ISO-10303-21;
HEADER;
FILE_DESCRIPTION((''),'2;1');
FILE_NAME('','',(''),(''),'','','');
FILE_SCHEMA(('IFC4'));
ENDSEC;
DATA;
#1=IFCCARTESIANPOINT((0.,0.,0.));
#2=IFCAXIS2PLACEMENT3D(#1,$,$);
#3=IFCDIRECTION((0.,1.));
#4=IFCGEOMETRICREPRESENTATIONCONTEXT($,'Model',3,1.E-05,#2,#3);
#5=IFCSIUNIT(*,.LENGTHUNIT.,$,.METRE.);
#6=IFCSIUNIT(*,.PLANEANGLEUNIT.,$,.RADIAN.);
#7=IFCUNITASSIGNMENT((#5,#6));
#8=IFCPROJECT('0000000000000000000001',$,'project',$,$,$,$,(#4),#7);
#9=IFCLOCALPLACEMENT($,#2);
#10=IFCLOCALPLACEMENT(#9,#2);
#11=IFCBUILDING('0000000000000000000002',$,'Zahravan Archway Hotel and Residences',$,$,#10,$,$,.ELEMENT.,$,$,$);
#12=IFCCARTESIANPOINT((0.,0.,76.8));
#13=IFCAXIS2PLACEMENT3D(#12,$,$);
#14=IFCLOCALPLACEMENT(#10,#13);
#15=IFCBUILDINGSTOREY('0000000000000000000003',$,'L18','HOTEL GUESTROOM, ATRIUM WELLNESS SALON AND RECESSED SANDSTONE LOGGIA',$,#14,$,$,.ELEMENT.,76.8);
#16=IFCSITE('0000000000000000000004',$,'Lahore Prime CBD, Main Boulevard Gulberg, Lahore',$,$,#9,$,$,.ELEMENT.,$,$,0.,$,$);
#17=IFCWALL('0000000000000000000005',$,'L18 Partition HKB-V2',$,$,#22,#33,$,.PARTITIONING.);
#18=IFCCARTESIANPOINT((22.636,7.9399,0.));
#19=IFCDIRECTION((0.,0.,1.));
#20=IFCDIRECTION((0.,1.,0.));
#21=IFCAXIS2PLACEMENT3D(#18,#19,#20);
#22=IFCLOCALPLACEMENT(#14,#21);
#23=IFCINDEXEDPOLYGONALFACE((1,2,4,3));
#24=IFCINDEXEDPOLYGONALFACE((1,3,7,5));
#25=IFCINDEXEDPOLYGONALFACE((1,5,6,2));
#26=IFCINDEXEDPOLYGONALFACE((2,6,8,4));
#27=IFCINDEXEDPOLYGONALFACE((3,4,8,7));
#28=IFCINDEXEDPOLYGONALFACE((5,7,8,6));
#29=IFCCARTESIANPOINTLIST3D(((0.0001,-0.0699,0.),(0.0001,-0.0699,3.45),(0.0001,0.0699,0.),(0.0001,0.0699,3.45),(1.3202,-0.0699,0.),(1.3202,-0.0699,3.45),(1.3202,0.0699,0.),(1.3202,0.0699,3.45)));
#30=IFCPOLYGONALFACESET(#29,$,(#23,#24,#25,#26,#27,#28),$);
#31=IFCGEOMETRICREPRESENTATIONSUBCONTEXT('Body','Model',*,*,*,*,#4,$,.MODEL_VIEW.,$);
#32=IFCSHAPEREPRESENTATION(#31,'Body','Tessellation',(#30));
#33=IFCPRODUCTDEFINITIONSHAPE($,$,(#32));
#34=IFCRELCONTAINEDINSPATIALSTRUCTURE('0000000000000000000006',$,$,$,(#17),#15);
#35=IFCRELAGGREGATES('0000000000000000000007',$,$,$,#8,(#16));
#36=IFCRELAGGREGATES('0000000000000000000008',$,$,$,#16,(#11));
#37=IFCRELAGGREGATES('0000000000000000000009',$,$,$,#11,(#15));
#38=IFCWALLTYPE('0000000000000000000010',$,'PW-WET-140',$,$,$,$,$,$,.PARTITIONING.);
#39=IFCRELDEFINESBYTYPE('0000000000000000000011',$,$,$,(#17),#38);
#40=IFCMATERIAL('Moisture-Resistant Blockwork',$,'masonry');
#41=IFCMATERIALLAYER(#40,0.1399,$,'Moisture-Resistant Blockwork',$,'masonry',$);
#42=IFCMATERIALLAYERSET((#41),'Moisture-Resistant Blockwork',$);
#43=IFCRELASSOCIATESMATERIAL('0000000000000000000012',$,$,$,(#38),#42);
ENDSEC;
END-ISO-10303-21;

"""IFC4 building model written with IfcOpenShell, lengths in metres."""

from ifc_helpers import new_model, si_unit, direction, frame, frame_2d, origin, place, context, subcontext, project, spatial, rectangle, extrude, material, layer, layer_set, type_object, element, save


model = new_model("IFC4")

# Units and contexts
model_context = context("Model", 3, precision=1e-05, world=origin(), true_north=direction((0.0, 1.0)))
body_context = subcontext(model_context, "Body", "Model", "MODEL_VIEW")
ifc_project = project(units=[si_unit("LENGTHUNIT", "METRE"), si_unit("PLANEANGLEUNIT", "RADIAN")], contexts=[model_context])

# Site, building, storey
site_placement = place(None, origin())
site = spatial("IfcSite", under=ifc_project, at=site_placement, Name="Lahore Prime CBD, Main Boulevard Gulberg, Lahore", CompositionType="ELEMENT", RefElevation=0.0)
building_placement = place(site_placement, origin())
building = spatial("IfcBuilding", under=site, at=building_placement, Name="Zahravan Archway Hotel and Residences", CompositionType="ELEMENT")
storey_placement = place(building_placement, frame((0.0, 0.0, 76.8)))
storey = spatial("IfcBuildingStorey", under=building, at=storey_placement, Name="L18", Description="HOTEL GUESTROOM, ATRIUM WELLNESS SALON AND RECESSED SANDSTONE LOGGIA", CompositionType="ELEMENT", Elevation=76.8)

# Wall
ifc_material_1 = material(Name="Moisture-Resistant Blockwork", Category="masonry")
ifc_layer_1 = layer(ifc_material_1, 0.1399, Name="Moisture-Resistant Blockwork", Category="masonry")
ifc_layer_set_1 = layer_set([ifc_layer_1], Name="Moisture-Resistant Blockwork")
wall_type_1 = type_object("IfcWallType", Name="PW-WET-140", PredefinedType="PARTITIONING", material=ifc_layer_set_1)
wall_1_placement = place(storey_placement, frame((22.636, 7.9399, 0.0), z_axis=(0.0, 0.0, 1.0), x_axis=(0.0, 1.0, 0.0)))
element("IfcWall", 1, at=wall_1_placement, inside=storey, type_object=wall_type_1, Name="L18 Partition HKB-V2", PredefinedType="PARTITIONING", context=body_context, shape_type="SweptSolid", body=[
    extrude(rectangle(XDim=1.3201, YDim=0.1399, at=frame_2d((0.6602, 0.0))), origin(), (0.0, 0.0, 1.0), 3.45),
])

save(model, "model.ifc")
